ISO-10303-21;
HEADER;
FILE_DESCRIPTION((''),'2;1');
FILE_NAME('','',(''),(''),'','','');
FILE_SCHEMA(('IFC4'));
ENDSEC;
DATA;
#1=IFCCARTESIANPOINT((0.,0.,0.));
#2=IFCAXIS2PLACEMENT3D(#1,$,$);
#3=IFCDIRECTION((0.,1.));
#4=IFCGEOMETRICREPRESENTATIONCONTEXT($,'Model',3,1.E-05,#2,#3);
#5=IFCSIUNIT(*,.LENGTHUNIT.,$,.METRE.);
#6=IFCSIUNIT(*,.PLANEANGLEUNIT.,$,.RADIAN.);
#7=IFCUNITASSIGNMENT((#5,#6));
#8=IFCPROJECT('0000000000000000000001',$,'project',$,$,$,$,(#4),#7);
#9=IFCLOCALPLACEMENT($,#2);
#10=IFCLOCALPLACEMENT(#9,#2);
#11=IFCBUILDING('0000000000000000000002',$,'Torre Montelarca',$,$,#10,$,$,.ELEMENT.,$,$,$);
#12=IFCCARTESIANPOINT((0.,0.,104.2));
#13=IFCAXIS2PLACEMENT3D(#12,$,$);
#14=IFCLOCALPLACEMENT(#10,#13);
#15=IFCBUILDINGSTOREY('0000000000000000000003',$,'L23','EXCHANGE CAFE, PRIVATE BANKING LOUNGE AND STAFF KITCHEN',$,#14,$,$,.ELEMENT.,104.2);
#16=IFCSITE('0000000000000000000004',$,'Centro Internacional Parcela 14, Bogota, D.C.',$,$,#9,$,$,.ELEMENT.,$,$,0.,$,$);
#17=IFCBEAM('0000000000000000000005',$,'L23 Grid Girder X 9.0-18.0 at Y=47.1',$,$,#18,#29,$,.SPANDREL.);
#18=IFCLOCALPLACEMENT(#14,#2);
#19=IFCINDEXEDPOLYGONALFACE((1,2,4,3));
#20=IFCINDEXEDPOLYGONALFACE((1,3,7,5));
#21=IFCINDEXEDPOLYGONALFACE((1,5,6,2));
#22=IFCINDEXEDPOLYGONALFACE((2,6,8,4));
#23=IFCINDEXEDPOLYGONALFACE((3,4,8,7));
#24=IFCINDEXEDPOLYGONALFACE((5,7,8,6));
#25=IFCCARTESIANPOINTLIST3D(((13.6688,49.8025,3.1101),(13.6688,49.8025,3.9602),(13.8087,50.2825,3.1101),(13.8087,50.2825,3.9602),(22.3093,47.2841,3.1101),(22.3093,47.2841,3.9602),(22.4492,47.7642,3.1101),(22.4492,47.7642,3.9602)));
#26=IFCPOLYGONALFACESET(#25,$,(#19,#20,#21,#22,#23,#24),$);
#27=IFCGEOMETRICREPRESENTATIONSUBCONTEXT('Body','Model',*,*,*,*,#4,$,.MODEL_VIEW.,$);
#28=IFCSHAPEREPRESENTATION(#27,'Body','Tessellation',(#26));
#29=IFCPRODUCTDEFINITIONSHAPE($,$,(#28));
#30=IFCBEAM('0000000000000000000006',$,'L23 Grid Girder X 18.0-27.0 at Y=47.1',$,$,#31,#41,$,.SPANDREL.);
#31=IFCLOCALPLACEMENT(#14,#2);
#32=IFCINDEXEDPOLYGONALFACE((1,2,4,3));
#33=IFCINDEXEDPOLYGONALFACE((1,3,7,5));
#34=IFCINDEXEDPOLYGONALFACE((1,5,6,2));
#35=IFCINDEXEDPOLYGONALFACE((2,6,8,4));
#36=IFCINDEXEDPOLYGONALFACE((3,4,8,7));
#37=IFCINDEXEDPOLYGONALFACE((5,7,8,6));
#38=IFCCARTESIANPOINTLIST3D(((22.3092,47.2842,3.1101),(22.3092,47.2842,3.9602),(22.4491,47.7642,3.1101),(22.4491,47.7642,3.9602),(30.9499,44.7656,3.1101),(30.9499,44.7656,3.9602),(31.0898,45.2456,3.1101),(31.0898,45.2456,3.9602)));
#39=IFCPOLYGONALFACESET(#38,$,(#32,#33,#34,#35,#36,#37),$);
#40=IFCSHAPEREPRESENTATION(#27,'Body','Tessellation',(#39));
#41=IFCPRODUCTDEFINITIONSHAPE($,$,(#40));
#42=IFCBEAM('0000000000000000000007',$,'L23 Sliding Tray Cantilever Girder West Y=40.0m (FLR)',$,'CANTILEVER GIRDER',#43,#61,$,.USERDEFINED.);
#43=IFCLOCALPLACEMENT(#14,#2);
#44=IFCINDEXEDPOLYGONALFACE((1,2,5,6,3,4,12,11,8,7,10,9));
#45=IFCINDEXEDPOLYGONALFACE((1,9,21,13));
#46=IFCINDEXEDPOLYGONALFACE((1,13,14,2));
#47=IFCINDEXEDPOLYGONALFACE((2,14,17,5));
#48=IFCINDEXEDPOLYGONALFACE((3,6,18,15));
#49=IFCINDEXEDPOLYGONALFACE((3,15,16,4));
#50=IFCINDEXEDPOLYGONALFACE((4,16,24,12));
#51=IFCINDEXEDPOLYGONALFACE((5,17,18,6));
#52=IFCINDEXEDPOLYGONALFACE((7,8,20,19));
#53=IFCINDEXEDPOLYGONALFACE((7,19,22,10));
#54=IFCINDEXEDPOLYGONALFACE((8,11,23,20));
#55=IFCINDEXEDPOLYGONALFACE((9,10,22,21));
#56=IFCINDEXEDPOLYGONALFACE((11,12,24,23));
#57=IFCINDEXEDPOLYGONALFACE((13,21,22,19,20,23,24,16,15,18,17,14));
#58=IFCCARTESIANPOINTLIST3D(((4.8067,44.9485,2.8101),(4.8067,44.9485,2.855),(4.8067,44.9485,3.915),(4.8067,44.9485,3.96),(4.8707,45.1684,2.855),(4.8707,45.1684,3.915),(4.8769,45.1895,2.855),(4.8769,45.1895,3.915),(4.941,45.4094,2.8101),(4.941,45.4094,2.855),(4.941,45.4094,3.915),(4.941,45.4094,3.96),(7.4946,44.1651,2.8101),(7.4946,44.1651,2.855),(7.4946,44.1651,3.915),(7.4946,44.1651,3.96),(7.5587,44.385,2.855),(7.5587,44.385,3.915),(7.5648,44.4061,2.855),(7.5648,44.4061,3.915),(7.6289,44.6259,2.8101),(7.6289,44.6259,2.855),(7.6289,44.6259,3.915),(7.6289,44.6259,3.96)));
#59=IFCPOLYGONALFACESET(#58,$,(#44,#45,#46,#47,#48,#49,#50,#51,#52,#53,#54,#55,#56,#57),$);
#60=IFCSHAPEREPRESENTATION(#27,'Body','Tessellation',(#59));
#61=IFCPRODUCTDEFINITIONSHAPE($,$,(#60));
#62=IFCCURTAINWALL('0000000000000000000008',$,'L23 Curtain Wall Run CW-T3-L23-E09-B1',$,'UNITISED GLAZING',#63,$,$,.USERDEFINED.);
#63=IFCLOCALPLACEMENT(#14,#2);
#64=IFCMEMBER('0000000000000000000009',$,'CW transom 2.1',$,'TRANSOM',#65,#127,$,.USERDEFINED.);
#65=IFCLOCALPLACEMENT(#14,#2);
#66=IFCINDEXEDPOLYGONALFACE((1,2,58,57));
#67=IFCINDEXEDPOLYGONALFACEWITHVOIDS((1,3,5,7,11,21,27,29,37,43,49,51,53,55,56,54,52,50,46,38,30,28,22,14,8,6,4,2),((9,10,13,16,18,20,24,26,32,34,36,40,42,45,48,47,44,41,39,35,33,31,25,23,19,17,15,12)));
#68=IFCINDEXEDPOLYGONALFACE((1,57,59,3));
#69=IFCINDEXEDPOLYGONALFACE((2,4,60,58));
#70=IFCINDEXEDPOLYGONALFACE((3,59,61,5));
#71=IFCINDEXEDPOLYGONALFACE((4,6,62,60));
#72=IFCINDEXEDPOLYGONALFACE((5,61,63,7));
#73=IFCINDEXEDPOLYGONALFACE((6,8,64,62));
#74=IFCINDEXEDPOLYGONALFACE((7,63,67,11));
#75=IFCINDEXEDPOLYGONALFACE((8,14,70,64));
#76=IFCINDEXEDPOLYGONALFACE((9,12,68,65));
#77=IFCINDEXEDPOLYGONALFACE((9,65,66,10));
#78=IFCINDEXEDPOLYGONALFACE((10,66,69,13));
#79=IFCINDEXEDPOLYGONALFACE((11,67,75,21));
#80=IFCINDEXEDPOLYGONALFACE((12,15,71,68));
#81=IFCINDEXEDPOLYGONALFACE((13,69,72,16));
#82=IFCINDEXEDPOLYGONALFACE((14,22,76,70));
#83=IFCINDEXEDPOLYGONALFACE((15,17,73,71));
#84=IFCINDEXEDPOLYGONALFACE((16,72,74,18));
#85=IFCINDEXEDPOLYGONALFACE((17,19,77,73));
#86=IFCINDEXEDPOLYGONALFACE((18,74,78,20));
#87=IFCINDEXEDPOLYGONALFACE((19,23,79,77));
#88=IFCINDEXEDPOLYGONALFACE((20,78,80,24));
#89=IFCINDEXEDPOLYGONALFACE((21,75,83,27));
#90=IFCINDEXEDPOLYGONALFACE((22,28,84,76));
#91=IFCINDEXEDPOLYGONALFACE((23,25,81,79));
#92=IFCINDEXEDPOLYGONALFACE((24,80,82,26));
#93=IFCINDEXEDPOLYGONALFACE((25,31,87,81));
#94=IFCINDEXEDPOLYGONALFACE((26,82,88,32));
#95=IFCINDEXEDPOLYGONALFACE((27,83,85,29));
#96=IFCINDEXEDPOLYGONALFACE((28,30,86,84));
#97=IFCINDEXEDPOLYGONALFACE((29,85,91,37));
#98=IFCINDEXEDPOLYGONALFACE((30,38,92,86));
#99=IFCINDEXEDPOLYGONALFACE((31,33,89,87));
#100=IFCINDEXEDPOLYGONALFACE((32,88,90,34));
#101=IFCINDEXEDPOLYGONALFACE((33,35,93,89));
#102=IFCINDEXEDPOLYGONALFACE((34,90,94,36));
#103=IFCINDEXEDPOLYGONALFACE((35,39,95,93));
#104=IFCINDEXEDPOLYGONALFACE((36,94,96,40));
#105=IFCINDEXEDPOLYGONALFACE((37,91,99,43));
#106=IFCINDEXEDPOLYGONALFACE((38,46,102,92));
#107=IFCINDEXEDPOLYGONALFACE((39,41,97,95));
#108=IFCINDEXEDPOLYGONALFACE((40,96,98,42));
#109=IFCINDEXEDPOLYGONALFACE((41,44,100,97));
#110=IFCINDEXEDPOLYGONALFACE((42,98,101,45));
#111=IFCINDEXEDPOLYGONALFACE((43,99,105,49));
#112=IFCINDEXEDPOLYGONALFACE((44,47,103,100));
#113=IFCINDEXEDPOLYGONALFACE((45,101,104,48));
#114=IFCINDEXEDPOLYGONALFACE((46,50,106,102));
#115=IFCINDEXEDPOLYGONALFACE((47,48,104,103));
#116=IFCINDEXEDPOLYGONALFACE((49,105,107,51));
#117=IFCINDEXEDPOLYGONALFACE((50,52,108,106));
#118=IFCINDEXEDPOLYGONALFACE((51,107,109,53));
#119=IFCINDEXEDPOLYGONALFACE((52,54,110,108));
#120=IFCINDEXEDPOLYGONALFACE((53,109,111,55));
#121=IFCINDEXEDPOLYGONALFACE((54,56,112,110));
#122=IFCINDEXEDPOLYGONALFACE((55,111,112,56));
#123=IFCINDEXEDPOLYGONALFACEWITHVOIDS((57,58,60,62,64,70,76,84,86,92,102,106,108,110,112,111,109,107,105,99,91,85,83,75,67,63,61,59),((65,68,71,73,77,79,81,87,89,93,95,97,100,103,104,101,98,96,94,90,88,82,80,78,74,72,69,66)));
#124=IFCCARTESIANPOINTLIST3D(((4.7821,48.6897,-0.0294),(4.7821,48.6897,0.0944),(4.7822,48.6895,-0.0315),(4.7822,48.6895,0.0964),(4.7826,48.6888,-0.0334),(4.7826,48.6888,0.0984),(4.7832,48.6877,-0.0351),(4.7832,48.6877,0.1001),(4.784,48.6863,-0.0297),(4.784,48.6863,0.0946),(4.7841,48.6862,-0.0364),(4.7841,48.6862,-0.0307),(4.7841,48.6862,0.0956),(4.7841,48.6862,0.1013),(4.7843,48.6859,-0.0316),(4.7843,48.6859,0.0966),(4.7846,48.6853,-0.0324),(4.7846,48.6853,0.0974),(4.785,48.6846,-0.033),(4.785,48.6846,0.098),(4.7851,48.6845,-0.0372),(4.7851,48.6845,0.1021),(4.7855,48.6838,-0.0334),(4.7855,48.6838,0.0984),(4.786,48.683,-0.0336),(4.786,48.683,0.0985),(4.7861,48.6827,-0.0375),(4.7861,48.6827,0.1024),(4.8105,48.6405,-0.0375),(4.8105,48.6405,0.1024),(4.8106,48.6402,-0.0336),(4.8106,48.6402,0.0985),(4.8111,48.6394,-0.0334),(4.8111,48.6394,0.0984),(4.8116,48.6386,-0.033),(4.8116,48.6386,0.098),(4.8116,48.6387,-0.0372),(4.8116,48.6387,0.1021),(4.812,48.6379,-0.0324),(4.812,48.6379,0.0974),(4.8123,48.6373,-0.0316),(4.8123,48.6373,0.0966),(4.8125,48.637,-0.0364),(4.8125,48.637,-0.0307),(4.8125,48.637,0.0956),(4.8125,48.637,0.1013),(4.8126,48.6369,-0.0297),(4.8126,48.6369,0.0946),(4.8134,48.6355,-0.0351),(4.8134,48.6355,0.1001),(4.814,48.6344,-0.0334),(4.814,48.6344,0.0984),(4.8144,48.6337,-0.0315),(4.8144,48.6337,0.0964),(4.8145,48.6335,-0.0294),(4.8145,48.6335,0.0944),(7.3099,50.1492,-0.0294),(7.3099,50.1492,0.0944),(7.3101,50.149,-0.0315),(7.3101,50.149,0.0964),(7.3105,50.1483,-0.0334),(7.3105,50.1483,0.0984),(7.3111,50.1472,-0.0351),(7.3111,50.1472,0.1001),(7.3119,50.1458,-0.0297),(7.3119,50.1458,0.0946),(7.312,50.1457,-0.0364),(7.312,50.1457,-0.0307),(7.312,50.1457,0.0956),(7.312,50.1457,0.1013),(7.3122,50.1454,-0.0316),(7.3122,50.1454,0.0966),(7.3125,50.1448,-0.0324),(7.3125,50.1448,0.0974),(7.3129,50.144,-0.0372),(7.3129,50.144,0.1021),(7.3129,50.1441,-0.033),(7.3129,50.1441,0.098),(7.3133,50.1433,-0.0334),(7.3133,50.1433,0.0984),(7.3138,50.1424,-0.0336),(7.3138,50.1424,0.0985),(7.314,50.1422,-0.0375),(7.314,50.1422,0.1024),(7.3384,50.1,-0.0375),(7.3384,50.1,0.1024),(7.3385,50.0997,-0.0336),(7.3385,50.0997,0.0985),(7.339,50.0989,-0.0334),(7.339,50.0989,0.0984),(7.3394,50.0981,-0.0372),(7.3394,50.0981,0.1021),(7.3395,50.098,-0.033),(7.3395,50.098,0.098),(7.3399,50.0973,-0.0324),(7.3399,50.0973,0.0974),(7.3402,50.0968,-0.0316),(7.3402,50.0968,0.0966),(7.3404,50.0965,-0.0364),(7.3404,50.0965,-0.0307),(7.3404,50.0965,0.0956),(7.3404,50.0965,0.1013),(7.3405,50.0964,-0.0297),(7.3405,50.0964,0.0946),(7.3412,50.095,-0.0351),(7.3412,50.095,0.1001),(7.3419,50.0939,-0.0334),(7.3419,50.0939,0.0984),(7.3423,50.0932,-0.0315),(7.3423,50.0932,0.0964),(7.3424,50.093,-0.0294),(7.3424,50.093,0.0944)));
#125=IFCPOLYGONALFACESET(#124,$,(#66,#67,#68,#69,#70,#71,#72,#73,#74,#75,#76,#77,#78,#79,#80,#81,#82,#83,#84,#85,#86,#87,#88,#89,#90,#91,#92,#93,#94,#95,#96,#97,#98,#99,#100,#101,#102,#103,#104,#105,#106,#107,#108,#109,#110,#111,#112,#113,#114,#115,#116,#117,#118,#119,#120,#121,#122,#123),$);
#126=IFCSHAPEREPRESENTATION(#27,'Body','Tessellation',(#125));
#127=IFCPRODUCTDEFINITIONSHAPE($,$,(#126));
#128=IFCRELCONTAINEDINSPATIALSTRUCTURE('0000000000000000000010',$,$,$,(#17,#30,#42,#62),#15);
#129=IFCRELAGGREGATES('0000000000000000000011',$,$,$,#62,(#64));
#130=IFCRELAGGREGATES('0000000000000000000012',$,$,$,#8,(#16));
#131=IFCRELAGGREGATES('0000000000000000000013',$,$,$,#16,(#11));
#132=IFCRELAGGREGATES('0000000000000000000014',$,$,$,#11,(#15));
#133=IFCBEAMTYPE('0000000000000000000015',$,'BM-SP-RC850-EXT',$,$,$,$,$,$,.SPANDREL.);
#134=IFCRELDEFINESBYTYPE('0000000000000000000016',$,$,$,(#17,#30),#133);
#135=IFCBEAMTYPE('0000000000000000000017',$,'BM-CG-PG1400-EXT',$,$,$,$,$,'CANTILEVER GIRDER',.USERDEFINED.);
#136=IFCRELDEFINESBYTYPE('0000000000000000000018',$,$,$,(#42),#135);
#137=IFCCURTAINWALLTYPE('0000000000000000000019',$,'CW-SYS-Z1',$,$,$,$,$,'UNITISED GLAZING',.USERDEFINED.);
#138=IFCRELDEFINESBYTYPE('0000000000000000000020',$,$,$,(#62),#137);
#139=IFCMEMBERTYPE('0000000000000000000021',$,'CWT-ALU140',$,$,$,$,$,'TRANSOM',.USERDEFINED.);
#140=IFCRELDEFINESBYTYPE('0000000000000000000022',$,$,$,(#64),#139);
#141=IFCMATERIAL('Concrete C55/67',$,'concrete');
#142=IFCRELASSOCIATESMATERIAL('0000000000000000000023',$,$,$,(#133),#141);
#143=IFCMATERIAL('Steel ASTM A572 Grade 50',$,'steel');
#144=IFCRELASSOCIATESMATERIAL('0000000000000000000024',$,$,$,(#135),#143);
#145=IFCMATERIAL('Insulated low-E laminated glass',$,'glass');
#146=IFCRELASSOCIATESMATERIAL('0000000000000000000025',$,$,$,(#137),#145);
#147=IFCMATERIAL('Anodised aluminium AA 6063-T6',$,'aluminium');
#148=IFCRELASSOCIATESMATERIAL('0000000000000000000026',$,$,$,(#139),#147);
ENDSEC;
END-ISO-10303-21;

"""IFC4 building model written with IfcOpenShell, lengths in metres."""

from ifc_helpers import new_model, si_unit, direction, frame, origin, origin_2d, place, context, subcontext, project, spatial, rectangle, hollow_rectangle, i_section, extrude, source, transform, mapped, material, material_profile, profile_set, type_object, element, aggregate, save


model = new_model("IFC4")

# Units and contexts
model_context = context("Model", 3, precision=1e-05, world=origin(), true_north=direction((0.0, 1.0)))
body_context = subcontext(model_context, "Body", "Model", "MODEL_VIEW")
ifc_project = project(units=[si_unit("LENGTHUNIT", "METRE"), si_unit("PLANEANGLEUNIT", "RADIAN")], contexts=[model_context])

# Site, building, storey
site_placement = place(None, origin())
site = spatial("IfcSite", under=ifc_project, at=site_placement, Name="Centro Internacional Parcela 14, Bogota, D.C.", CompositionType="ELEMENT", RefElevation=0.0)
building_placement = place(site_placement, origin())
building = spatial("IfcBuilding", under=site, at=building_placement, Name="Torre Montelarca", CompositionType="ELEMENT")
storey_placement = place(building_placement, frame((0.0, 0.0, 104.2)))
storey = spatial("IfcBuildingStorey", under=building, at=storey_placement, Name="L23", Description="EXCHANGE CAFE, PRIVATE BANKING LOUNGE AND STAFF KITCHEN", CompositionType="ELEMENT", Elevation=104.2)

# Shared definitions
ifc_material_1 = material(Name="Concrete C55/67", Category="concrete")

# Beams
ifc_material_profile_1 = material_profile(ifc_material_1, rectangle(XDim=0.5, YDim=0.8501, at=origin_2d()), Name="RCB500X850", Category="concrete")
ifc_profile_set_1 = profile_set([ifc_material_profile_1], Name="Concrete C55/67")
beam_type_1 = type_object("IfcBeamType", Name="BM-SP-RC850-EXT", PredefinedType="SPANDREL", material=ifc_profile_set_1)
shared_shape_1 = source(origin(), body_context, "Body", "SweptSolid", [
    extrude(rectangle(XDim=0.5, YDim=0.8501, at=origin_2d()), origin(), (0.0, 0.0, 1.0), 9.0),
])
beam_1_placement = place(storey_placement, frame((13.7388, 50.0425, 3.5352), z_axis=(0.960054, -0.279816, 0.0), x_axis=(0.279816, 0.960054, 0.0)))
element("IfcBeam", 1, at=beam_1_placement, inside=storey, type_object=beam_type_1, Name="L23 Grid Girder X 9.0-18.0 at Y=47.1", PredefinedType="SPANDREL", context=body_context, shape_type="MappedRepresentation", body=[
    mapped(shared_shape_1, transform((0.0, 0.0, 0.0), scale=1.0)),
])
shared_shape_2 = source(origin(), body_context, "Body", "SweptSolid", [
    extrude(rectangle(XDim=0.5, YDim=0.8501, at=origin_2d()), origin(), (0.0, 0.0, 1.0), 9.0002),
])
beam_2_placement = place(storey_placement, frame((22.3792, 47.5242, 3.5352), z_axis=(0.960049, -0.279833, 0.0), x_axis=(0.279833, 0.960049, 0.0)))
element("IfcBeam", 2, at=beam_2_placement, inside=storey, type_object=beam_type_1, Name="L23 Grid Girder X 18.0-27.0 at Y=47.1", PredefinedType="SPANDREL", context=body_context, shape_type="MappedRepresentation", body=[
    mapped(shared_shape_2, transform((0.0, 0.0, 0.0), scale=1.0)),
])
ifc_material_2 = material(Name="Steel ASTM A572 Grade 50", Category="steel")
ifc_material_profile_2 = material_profile(ifc_material_2, i_section(OverallWidth=0.48, OverallDepth=1.1499, WebThickness=0.022, FlangeThickness=0.0449, at=origin_2d()), Name="PG1150X480X22X45", Category="steel")
ifc_profile_set_2 = profile_set([ifc_material_profile_2], Name="Steel ASTM A572 Grade 50")
beam_type_2 = type_object("IfcBeamType", Name="BM-CG-PG1400-EXT", ElementType="CANTILEVER GIRDER", PredefinedType="USERDEFINED", material=ifc_profile_set_2)
shared_shape_3 = source(origin(), body_context, "Body", "SweptSolid", [
    extrude(i_section(OverallWidth=0.48, OverallDepth=1.1499, WebThickness=0.022, FlangeThickness=0.0449, at=origin_2d()), origin(), (0.0, 0.0, 1.0), 2.7998),
])
beam_3_placement = place(storey_placement, frame((7.5618, 44.3955, 3.385), z_axis=(-0.960053, 0.279819, 0.0), x_axis=(-0.279819, -0.960053, 0.0)))
element("IfcBeam", 3, at=beam_3_placement, inside=storey, type_object=beam_type_2, Name="L23 Sliding Tray Cantilever Girder West Y=40.0m (FLR)", ObjectType="CANTILEVER GIRDER", PredefinedType="USERDEFINED", context=body_context, shape_type="MappedRepresentation", body=[
    mapped(shared_shape_3, transform((0.0, 0.0, 0.0), scale=1.0)),
])

# Curtain wall, member
ifc_material_3 = material(Name="Insulated low-E laminated glass", Category="glass")
curtain_wall_type = type_object("IfcCurtainWallType", Name="CW-SYS-Z1", ElementType="UNITISED GLAZING", PredefinedType="USERDEFINED", material=ifc_material_3)
curtain_wall_1_placement = place(storey_placement, origin())
curtain_wall_1 = element("IfcCurtainWall", 4, at=curtain_wall_1_placement, inside=storey, type_object=curtain_wall_type, Name="L23 Curtain Wall Run CW-T3-L23-E09-B1", ObjectType="UNITISED GLAZING", PredefinedType="USERDEFINED")
ifc_material_4 = material(Name="Anodised aluminium AA 6063-T6", Category="aluminium")
ifc_material_profile_3 = material_profile(ifc_material_4, hollow_rectangle(XDim=0.0649, YDim=0.1399, WallThickness=0.0039, InnerFilletRadius=0.0039, OuterFilletRadius=0.0081, at=origin_2d()), Name="ALU65X140X4", Category="aluminium")
ifc_profile_set_3 = profile_set([ifc_material_profile_3], Name="Anodised aluminium AA 6063-T6")
member_type_1 = type_object("IfcMemberType", Name="CWT-ALU140", ElementType="TRANSOM", PredefinedType="USERDEFINED", material=ifc_profile_set_3)
shared_shape_4 = source(origin(), body_context, "Body", "SweptSolid", [
    extrude(hollow_rectangle(XDim=0.0649, YDim=0.1399, WallThickness=0.0039, InnerFilletRadius=0.0039, OuterFilletRadius=0.0081, at=origin_2d()), origin(), (0.0, 0.0, 1.0), 2.9189),
])
member_1_placement = place(storey_placement, frame((7.3262, 50.1211, 0.0325), z_axis=(-0.866021, -0.500007, 0.0), x_axis=(0.500007, -0.866021, 0.0)))
member_1 = element("IfcMember", 5, at=member_1_placement, type_object=member_type_1, Name="CW transom 2.1", ObjectType="TRANSOM", PredefinedType="USERDEFINED", context=body_context, shape_type="MappedRepresentation", body=[
    mapped(shared_shape_4, transform((0.0, 0.0, 0.0), scale=1.0)),
])

aggregate(curtain_wall_1, [member_1])

save(model, "model.ifc")
